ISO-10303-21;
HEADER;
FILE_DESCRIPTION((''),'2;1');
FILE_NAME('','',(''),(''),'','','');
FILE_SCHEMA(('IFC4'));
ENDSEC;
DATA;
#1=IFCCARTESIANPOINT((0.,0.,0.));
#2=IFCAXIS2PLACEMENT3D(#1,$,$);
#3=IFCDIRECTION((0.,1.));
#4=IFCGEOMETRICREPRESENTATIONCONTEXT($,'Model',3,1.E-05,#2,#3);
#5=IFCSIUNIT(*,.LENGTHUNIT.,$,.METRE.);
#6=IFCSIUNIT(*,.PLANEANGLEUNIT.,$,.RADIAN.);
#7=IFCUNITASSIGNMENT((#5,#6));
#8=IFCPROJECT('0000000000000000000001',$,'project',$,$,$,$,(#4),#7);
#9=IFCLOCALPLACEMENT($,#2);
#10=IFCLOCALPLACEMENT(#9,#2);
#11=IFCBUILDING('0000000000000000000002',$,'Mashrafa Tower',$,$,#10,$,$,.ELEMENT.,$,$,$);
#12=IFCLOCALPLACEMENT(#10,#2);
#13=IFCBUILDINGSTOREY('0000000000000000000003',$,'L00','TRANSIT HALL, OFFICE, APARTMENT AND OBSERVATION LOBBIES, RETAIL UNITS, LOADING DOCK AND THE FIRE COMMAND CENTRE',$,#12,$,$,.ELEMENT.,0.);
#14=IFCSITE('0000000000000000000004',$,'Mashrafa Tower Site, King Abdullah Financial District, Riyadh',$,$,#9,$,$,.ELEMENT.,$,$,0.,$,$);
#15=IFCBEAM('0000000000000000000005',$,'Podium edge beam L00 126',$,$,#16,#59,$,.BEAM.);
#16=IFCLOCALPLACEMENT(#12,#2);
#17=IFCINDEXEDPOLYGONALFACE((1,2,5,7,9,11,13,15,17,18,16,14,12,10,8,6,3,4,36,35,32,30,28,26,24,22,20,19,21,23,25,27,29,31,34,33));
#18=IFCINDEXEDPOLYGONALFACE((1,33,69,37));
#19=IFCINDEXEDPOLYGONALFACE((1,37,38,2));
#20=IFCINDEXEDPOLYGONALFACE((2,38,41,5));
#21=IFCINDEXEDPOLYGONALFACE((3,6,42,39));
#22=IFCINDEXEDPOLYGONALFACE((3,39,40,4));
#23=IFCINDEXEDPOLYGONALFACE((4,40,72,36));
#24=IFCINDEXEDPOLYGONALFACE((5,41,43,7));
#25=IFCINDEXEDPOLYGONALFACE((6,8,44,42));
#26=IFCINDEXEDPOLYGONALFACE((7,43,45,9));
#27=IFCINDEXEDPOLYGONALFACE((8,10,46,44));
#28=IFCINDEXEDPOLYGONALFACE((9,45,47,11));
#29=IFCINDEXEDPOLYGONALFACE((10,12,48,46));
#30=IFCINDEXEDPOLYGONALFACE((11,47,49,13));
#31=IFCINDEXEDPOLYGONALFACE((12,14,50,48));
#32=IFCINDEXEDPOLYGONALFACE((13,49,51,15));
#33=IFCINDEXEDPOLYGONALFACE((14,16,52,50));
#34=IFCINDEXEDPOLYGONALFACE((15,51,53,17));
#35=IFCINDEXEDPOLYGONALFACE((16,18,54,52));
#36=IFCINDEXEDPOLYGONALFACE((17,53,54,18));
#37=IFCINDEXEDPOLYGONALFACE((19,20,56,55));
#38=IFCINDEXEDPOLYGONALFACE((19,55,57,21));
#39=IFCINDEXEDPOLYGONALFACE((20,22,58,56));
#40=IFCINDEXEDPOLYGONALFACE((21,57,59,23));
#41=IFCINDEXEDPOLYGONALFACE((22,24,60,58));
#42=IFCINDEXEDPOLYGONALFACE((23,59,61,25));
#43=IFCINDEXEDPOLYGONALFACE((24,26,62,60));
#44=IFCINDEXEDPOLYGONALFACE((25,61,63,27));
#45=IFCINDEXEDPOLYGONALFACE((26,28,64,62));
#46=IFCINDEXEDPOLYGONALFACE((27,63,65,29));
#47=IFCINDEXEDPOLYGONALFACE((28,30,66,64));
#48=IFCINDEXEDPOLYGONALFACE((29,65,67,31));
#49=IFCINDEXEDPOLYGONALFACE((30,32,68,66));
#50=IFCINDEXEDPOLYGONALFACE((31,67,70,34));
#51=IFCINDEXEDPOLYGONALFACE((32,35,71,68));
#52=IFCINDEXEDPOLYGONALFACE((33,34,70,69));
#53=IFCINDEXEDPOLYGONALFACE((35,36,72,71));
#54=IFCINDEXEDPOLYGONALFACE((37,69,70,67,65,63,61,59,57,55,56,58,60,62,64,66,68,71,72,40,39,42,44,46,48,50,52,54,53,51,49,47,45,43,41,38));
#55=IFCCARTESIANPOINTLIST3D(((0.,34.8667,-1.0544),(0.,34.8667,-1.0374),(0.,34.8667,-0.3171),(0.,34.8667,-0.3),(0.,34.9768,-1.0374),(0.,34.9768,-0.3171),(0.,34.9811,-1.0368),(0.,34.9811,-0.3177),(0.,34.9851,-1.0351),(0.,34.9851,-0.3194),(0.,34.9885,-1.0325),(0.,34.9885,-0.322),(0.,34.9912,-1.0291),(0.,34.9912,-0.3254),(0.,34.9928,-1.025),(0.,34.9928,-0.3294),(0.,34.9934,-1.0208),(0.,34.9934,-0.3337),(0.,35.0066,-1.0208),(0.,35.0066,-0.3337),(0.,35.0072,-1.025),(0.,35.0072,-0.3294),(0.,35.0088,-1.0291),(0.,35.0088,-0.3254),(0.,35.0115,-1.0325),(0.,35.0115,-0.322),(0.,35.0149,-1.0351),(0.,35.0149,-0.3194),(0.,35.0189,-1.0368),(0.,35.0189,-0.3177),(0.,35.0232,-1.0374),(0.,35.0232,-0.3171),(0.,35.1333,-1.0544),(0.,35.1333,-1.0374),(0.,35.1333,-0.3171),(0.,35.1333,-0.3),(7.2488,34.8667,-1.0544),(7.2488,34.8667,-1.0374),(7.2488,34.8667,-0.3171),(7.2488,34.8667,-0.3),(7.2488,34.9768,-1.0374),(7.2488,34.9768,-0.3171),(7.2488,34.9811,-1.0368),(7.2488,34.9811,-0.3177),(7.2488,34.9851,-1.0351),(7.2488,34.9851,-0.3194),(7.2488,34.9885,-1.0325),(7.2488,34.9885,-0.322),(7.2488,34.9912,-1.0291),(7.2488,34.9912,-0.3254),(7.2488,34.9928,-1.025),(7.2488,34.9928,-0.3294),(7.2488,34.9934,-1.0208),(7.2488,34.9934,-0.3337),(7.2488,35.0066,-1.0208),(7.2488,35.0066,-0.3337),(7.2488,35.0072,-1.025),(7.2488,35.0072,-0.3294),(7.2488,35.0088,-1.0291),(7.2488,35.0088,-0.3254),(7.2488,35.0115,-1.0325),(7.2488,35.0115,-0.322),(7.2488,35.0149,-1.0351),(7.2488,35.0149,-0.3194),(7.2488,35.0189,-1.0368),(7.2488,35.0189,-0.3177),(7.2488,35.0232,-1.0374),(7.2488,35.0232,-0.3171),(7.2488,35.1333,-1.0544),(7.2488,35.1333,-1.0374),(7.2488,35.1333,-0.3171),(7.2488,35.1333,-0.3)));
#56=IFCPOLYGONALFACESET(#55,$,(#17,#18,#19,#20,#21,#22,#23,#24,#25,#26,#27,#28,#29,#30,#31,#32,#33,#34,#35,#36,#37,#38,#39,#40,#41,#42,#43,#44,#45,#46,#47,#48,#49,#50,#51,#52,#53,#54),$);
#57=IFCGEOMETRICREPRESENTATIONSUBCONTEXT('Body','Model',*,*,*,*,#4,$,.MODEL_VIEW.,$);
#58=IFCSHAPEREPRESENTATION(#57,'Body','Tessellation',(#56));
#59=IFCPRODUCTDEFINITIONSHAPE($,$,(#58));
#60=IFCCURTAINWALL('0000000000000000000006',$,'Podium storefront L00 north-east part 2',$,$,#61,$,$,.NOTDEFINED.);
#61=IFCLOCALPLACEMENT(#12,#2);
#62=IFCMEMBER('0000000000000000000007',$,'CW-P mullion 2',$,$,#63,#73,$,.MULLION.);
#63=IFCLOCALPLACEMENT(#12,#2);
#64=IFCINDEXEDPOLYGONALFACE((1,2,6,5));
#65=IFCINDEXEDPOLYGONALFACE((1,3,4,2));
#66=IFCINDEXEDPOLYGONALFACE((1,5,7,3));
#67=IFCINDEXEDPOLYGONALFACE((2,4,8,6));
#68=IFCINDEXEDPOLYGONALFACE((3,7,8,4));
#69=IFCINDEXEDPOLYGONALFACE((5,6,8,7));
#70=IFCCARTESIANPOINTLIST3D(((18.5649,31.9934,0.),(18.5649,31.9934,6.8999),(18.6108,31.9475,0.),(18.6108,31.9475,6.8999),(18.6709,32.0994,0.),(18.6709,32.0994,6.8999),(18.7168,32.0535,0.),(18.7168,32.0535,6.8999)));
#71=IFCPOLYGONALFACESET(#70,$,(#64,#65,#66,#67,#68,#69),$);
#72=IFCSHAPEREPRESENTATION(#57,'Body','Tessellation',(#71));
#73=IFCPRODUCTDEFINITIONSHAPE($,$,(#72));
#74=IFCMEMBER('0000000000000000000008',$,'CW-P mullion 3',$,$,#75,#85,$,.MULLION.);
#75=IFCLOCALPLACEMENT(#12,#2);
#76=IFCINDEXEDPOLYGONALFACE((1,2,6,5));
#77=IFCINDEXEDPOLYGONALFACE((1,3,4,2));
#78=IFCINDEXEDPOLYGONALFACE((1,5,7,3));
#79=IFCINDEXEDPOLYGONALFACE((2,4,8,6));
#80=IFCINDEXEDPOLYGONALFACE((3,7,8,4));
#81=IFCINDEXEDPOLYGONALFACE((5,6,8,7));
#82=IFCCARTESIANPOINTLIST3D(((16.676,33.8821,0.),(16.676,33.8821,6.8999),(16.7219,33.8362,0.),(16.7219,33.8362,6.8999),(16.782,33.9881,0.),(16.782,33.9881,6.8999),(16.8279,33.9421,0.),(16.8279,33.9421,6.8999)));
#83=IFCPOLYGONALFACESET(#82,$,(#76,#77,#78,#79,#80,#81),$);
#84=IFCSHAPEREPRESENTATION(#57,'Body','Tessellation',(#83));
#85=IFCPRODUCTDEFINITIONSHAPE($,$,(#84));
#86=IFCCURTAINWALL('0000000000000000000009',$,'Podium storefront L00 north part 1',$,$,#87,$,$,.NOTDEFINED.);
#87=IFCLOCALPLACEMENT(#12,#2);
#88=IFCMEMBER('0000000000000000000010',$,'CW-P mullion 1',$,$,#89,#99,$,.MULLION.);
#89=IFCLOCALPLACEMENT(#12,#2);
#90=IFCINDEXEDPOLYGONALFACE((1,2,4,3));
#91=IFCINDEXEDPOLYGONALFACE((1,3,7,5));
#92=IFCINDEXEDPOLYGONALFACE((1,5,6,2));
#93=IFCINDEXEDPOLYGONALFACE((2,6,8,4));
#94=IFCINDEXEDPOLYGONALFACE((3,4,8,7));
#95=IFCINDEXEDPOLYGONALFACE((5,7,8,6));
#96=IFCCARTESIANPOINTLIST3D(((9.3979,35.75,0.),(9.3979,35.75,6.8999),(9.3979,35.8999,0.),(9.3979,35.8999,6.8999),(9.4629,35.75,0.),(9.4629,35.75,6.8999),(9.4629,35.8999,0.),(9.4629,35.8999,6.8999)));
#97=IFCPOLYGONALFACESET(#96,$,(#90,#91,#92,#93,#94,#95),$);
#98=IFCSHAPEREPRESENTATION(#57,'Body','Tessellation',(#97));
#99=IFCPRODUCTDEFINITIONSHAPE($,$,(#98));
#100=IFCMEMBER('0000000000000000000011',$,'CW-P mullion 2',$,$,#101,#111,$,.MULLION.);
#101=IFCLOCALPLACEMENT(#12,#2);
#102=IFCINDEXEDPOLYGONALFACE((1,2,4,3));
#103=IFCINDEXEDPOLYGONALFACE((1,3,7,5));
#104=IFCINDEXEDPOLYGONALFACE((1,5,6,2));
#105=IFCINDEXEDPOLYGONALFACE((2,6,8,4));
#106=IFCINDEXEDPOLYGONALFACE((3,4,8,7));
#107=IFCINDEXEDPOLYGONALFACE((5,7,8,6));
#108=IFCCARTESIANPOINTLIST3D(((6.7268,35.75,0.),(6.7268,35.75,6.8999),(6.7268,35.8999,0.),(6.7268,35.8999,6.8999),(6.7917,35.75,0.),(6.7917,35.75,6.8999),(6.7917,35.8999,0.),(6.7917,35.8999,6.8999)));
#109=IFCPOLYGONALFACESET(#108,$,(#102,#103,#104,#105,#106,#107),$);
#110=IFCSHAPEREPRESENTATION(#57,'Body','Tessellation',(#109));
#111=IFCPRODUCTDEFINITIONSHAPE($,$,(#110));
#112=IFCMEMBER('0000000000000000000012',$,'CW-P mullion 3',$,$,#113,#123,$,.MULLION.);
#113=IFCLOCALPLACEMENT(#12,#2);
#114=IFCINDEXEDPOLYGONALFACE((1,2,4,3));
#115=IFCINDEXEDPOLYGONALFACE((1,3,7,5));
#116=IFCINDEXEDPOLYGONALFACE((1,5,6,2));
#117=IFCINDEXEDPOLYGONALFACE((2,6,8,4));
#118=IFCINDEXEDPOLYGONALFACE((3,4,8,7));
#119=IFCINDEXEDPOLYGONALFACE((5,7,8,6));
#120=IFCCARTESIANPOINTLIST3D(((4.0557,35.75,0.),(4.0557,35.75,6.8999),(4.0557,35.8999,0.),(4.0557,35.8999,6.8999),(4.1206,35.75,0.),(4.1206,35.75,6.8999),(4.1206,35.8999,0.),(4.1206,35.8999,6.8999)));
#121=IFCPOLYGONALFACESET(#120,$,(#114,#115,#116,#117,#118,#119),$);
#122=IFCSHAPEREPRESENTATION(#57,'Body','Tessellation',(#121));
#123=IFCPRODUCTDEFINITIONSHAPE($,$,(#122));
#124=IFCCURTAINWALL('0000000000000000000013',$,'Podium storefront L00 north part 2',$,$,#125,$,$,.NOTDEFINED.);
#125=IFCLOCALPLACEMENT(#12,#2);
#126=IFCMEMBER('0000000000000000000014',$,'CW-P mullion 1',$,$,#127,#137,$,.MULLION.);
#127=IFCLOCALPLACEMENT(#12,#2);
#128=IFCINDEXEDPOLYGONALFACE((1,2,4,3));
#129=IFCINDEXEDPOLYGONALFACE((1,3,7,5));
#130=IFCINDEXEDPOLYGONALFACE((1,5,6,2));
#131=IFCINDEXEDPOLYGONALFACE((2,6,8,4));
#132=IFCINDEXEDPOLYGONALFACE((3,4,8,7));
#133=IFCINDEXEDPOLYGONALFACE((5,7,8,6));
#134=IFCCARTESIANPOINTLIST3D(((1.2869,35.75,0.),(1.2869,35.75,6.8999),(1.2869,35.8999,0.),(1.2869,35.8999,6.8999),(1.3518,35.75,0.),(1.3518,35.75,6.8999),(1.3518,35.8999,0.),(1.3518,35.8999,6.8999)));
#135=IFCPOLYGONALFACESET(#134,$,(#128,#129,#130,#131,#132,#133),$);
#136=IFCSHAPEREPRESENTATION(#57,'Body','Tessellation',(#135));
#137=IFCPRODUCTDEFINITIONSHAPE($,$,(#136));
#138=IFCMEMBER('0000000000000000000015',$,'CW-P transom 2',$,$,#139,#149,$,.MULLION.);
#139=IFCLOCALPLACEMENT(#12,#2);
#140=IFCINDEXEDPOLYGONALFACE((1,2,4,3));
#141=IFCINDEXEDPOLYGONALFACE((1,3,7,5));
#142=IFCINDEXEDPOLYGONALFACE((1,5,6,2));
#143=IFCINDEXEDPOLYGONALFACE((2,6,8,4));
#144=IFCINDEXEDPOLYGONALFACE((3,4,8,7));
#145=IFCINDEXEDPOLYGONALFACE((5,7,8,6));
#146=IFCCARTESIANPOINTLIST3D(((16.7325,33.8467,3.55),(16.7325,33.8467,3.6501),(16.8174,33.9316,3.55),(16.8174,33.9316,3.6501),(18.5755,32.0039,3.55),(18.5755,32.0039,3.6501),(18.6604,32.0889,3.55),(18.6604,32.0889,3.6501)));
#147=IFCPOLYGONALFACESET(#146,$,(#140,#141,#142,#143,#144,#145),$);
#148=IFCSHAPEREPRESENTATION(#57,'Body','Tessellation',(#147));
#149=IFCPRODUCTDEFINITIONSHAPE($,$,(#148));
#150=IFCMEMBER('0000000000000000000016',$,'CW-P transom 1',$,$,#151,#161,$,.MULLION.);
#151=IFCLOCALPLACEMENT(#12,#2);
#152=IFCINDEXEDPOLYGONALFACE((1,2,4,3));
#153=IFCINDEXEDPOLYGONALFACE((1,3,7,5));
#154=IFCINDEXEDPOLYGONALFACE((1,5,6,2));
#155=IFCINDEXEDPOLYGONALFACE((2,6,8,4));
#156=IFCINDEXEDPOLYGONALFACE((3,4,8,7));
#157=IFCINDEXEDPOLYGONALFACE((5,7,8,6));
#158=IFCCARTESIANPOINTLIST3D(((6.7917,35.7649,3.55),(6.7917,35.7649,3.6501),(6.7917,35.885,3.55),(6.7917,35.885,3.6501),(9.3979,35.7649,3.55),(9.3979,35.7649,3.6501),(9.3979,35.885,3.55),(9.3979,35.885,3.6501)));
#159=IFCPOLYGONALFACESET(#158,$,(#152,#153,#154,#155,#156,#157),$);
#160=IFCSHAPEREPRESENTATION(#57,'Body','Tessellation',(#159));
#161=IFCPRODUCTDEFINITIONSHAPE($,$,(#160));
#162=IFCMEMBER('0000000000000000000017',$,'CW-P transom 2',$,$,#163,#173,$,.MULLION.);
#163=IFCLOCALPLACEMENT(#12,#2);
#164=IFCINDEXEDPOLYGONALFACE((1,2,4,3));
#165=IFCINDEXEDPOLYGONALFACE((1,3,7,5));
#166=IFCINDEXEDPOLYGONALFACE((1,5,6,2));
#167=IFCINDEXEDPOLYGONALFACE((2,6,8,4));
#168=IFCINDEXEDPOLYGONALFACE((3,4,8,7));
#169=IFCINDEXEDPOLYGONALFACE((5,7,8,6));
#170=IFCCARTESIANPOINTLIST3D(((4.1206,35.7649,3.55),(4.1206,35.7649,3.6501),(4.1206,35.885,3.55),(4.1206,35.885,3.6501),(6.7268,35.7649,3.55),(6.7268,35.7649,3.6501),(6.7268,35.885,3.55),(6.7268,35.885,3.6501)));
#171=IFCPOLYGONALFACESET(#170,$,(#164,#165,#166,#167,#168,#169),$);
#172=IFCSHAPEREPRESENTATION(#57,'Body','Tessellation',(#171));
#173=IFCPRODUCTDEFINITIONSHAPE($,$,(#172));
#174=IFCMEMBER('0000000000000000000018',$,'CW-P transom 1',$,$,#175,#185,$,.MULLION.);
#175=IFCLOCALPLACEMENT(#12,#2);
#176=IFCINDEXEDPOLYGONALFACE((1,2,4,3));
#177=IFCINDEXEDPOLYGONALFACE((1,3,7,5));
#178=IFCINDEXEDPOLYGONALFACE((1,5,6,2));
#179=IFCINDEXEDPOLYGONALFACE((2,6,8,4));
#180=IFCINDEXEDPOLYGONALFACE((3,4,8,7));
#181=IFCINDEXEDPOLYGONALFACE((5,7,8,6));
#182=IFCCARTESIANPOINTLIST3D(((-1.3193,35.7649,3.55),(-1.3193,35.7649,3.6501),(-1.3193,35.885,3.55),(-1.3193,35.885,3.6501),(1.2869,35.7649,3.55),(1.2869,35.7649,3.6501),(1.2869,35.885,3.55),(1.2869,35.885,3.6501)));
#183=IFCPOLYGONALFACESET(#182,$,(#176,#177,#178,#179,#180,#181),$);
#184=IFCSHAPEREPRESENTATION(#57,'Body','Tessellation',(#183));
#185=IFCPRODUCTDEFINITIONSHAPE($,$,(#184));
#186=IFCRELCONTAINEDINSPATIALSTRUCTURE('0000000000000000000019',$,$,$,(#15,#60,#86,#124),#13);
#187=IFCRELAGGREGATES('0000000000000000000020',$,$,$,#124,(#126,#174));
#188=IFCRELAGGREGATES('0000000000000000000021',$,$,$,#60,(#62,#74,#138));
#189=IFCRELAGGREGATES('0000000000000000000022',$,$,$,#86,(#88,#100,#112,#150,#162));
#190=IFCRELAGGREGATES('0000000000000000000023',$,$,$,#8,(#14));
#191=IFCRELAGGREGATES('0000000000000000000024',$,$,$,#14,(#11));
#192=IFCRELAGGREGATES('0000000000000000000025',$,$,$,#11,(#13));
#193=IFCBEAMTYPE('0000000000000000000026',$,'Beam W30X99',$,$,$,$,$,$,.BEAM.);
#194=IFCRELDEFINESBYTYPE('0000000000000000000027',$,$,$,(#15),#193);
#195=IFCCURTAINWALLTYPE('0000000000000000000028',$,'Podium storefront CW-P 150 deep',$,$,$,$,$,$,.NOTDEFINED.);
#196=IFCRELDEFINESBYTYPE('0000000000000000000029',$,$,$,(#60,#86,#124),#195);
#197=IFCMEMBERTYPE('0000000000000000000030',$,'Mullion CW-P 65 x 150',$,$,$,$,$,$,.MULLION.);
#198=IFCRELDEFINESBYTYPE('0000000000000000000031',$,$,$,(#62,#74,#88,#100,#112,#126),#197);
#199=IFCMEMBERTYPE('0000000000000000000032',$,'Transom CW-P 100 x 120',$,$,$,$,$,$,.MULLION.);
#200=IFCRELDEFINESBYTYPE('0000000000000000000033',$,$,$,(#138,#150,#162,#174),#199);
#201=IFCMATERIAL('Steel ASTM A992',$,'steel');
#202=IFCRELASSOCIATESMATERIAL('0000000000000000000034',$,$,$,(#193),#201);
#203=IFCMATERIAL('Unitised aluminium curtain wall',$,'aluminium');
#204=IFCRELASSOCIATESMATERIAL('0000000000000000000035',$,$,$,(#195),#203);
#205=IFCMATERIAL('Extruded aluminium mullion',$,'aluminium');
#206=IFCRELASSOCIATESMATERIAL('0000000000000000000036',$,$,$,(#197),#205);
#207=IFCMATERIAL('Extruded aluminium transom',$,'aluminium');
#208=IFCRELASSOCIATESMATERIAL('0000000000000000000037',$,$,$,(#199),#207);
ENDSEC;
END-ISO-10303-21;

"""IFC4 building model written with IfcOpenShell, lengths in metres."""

from ifc_helpers import new_model, si_unit, direction, frame, origin, origin_2d, place, context, subcontext, project, spatial, rectangle, i_section, extrude, source, transform, mapped, material, material_profile, profile_set, type_object, type_shapes, element, aggregate, save


model = new_model("IFC4")

# Units and contexts
model_context = context("Model", 3, precision=1e-05, world=origin(), true_north=direction((0.0, 1.0)))
body_context = subcontext(model_context, "Body", "Model", "MODEL_VIEW")
ifc_project = project(units=[si_unit("LENGTHUNIT", "METRE"), si_unit("PLANEANGLEUNIT", "RADIAN")], contexts=[model_context])

# Site, building, storey
site_placement = place(None, origin())
site = spatial("IfcSite", under=ifc_project, at=site_placement, Name="Mashrafa Tower Site, King Abdullah Financial District, Riyadh", CompositionType="ELEMENT", RefElevation=0.0)
building_placement = place(site_placement, origin())
building = spatial("IfcBuilding", under=site, at=building_placement, Name="Mashrafa Tower", CompositionType="ELEMENT")
storey_placement = place(building_placement, origin())
storey = spatial("IfcBuildingStorey", under=building, at=storey_placement, Name="L00", Description="TRANSIT HALL, OFFICE, APARTMENT AND OBSERVATION LOBBIES, RETAIL UNITS, LOADING DOCK AND THE FIRE COMMAND CENTRE", CompositionType="ELEMENT", Elevation=0.0)

# Beam
ifc_material_1 = material(Name="Steel ASTM A992", Category="steel")
ifc_material_profile_1 = material_profile(ifc_material_1, i_section(OverallWidth=0.2666, OverallDepth=0.7544, WebThickness=0.0132, FlangeThickness=0.0171, FilletRadius=0.0166, at=origin_2d()), Name="W30X99")
ifc_profile_set_1 = profile_set([ifc_material_profile_1], Name="Steel ASTM A992")
beam_type_1 = type_object("IfcBeamType", Name="Beam W30X99", PredefinedType="BEAM", material=ifc_profile_set_1)
beam_1_placement = place(storey_placement, frame((7.2488, 35.0, -0.6772), z_axis=(-1.0, 0.0, 0.0), x_axis=(0.0, -1.0, 0.0)))
element("IfcBeam", 1, at=beam_1_placement, inside=storey, type_object=beam_type_1, Name="Podium edge beam L00 126", PredefinedType="BEAM", context=body_context, shape_type="SweptSolid", body=[
    extrude(i_section(OverallWidth=0.2666, OverallDepth=0.7544, WebThickness=0.0132, FlangeThickness=0.0171, FilletRadius=0.0166, at=origin_2d()), origin(), (0.0, 0.0, 1.0), 7.2488),
])

# Curtain walls, members
ifc_material_2 = material(Name="Unitised aluminium curtain wall", Category="aluminium")
curtain_wall_type = type_object("IfcCurtainWallType", Name="Podium storefront CW-P 150 deep", PredefinedType="NOTDEFINED", material=ifc_material_2)
curtain_wall_1_placement = place(storey_placement, origin())
curtain_wall_1 = element("IfcCurtainWall", 2, at=curtain_wall_1_placement, inside=storey, type_object=curtain_wall_type, Name="Podium storefront L00 north-east part 2", PredefinedType="NOTDEFINED")
ifc_material_3 = material(Name="Extruded aluminium mullion", Category="aluminium")
ifc_material_profile_2 = material_profile(ifc_material_3, rectangle(XDim=0.1499, YDim=0.0649, at=origin_2d()), Name="Mullion 65x150")
ifc_profile_set_2 = profile_set([ifc_material_profile_2], Name="Extruded aluminium mullion")
member_type_1 = type_object("IfcMemberType", Name="Mullion CW-P 65 x 150", PredefinedType="MULLION", material=ifc_profile_set_2)
shared_shape_1 = source(origin(), body_context, "Body", "SweptSolid", [
    extrude(rectangle(XDim=0.1499, YDim=0.0649, at=origin_2d()), origin(), (0.0, 0.0, 1.0), 6.8999),
])
type_shapes(member_type_1, [shared_shape_1])
member_1_placement = place(storey_placement, frame((18.6409, 32.0234, 0.0), z_axis=(0.0, 0.0, 1.0), x_axis=(-0.707107, -0.707107, 0.0)))
member_1 = element("IfcMember", 3, at=member_1_placement, type_object=member_type_1, Name="CW-P mullion 2", PredefinedType="MULLION", context=body_context, shape_type="MappedRepresentation", body=[
    mapped(shared_shape_1, transform((0.0, 0.0, 0.0))),
])
member_2_placement = place(storey_placement, frame((16.752, 33.9121, 0.0), z_axis=(0.0, 0.0, 1.0), x_axis=(-0.707107, -0.707107, 0.0)))
member_2 = element("IfcMember", 4, at=member_2_placement, type_object=member_type_1, Name="CW-P mullion 3", PredefinedType="MULLION", context=body_context, shape_type="MappedRepresentation", body=[
    mapped(shared_shape_1, transform((0.0, 0.0, 0.0))),
])
curtain_wall_2_placement = place(storey_placement, origin())
curtain_wall_2 = element("IfcCurtainWall", 5, at=curtain_wall_2_placement, inside=storey, type_object=curtain_wall_type, Name="Podium storefront L00 north part 1", PredefinedType="NOTDEFINED")
member_3_placement = place(storey_placement, frame((9.4304, 35.825, 0.0), z_axis=(0.0, 0.0, 1.0), x_axis=(0.0, -1.0, 0.0)))
member_3 = element("IfcMember", 6, at=member_3_placement, type_object=member_type_1, Name="CW-P mullion 1", PredefinedType="MULLION", context=body_context, shape_type="MappedRepresentation", body=[
    mapped(shared_shape_1, transform((0.0, 0.0, 0.0))),
])
member_4_placement = place(storey_placement, frame((6.7593, 35.825, 0.0), z_axis=(0.0, 0.0, 1.0), x_axis=(0.0, -1.0, 0.0)))
member_4 = element("IfcMember", 7, at=member_4_placement, type_object=member_type_1, Name="CW-P mullion 2", PredefinedType="MULLION", context=body_context, shape_type="MappedRepresentation", body=[
    mapped(shared_shape_1, transform((0.0, 0.0, 0.0))),
])
member_5_placement = place(storey_placement, frame((4.0881, 35.825, 0.0), z_axis=(0.0, 0.0, 1.0), x_axis=(0.0, -1.0, 0.0)))
member_5 = element("IfcMember", 8, at=member_5_placement, type_object=member_type_1, Name="CW-P mullion 3", PredefinedType="MULLION", context=body_context, shape_type="MappedRepresentation", body=[
    mapped(shared_shape_1, transform((0.0, 0.0, 0.0))),
])

# Curtain wall, member
curtain_wall_3_placement = place(storey_placement, origin())
curtain_wall_3 = element("IfcCurtainWall", 9, at=curtain_wall_3_placement, inside=storey, type_object=curtain_wall_type, Name="Podium storefront L00 north part 2", PredefinedType="NOTDEFINED")
member_6_placement = place(storey_placement, frame((1.3193, 35.825, 0.0), z_axis=(0.0, 0.0, 1.0), x_axis=(0.0, -1.0, 0.0)))
member_6 = element("IfcMember", 10, at=member_6_placement, type_object=member_type_1, Name="CW-P mullion 1", PredefinedType="MULLION", context=body_context, shape_type="MappedRepresentation", body=[
    mapped(shared_shape_1, transform((0.0, 0.0, 0.0))),
])

# Members
ifc_material_4 = material(Name="Extruded aluminium transom", Category="aluminium")
ifc_material_profile_3 = material_profile(ifc_material_4, rectangle(XDim=0.1201, YDim=0.1001, at=origin_2d()), Name="Transom 100x120")
ifc_profile_set_3 = profile_set([ifc_material_profile_3], Name="Extruded aluminium transom")
member_type_2 = type_object("IfcMemberType", Name="Transom CW-P 100 x 120", PredefinedType="MULLION", material=ifc_profile_set_3)
shared_shape_2 = source(origin(), body_context, "Body", "SweptSolid", [
    extrude(rectangle(XDim=0.1201, YDim=0.1001, at=origin_2d()), origin(), (0.0, 0.0, 1.0), 2.6062),
])
type_shapes(member_type_2, [shared_shape_2])
member_7_placement = place(storey_placement, frame((18.6179, 32.0464, 3.6001), z_axis=(-0.707154, 0.70706, 0.0), x_axis=(-0.70706, -0.707154, 0.0)))
member_7 = element("IfcMember", 11, at=member_7_placement, type_object=member_type_2, Name="CW-P transom 2", PredefinedType="MULLION", context=body_context, shape_type="MappedRepresentation", body=[
    mapped(shared_shape_2, transform((0.0, 0.0, 0.0))),
])
member_8_placement = place(storey_placement, frame((9.3979, 35.825, 3.6001), z_axis=(-1.0, 0.0, 0.0), x_axis=(0.0, -1.0, 0.0)))
member_8 = element("IfcMember", 12, at=member_8_placement, type_object=member_type_2, Name="CW-P transom 1", PredefinedType="MULLION", context=body_context, shape_type="MappedRepresentation", body=[
    mapped(shared_shape_2, transform((0.0, 0.0, 0.0))),
])
member_9_placement = place(storey_placement, frame((6.7268, 35.825, 3.6001), z_axis=(-1.0, 0.0, 0.0), x_axis=(0.0, -1.0, 0.0)))
member_9 = element("IfcMember", 13, at=member_9_placement, type_object=member_type_2, Name="CW-P transom 2", PredefinedType="MULLION", context=body_context, shape_type="MappedRepresentation", body=[
    mapped(shared_shape_2, transform((0.0, 0.0, 0.0))),
])
member_10_placement = place(storey_placement, frame((1.2869, 35.825, 3.6001), z_axis=(-1.0, 0.0, 0.0), x_axis=(0.0, -1.0, 0.0)))
member_10 = element("IfcMember", 14, at=member_10_placement, type_object=member_type_2, Name="CW-P transom 1", PredefinedType="MULLION", context=body_context, shape_type="MappedRepresentation", body=[
    mapped(shared_shape_2, transform((0.0, 0.0, 0.0))),
])
aggregate(curtain_wall_3, [member_6, member_10])

aggregate(curtain_wall_1, [member_1, member_2, member_7])
aggregate(curtain_wall_2, [member_3, member_4, member_5, member_8, member_9])

save(model, "model.ifc")
